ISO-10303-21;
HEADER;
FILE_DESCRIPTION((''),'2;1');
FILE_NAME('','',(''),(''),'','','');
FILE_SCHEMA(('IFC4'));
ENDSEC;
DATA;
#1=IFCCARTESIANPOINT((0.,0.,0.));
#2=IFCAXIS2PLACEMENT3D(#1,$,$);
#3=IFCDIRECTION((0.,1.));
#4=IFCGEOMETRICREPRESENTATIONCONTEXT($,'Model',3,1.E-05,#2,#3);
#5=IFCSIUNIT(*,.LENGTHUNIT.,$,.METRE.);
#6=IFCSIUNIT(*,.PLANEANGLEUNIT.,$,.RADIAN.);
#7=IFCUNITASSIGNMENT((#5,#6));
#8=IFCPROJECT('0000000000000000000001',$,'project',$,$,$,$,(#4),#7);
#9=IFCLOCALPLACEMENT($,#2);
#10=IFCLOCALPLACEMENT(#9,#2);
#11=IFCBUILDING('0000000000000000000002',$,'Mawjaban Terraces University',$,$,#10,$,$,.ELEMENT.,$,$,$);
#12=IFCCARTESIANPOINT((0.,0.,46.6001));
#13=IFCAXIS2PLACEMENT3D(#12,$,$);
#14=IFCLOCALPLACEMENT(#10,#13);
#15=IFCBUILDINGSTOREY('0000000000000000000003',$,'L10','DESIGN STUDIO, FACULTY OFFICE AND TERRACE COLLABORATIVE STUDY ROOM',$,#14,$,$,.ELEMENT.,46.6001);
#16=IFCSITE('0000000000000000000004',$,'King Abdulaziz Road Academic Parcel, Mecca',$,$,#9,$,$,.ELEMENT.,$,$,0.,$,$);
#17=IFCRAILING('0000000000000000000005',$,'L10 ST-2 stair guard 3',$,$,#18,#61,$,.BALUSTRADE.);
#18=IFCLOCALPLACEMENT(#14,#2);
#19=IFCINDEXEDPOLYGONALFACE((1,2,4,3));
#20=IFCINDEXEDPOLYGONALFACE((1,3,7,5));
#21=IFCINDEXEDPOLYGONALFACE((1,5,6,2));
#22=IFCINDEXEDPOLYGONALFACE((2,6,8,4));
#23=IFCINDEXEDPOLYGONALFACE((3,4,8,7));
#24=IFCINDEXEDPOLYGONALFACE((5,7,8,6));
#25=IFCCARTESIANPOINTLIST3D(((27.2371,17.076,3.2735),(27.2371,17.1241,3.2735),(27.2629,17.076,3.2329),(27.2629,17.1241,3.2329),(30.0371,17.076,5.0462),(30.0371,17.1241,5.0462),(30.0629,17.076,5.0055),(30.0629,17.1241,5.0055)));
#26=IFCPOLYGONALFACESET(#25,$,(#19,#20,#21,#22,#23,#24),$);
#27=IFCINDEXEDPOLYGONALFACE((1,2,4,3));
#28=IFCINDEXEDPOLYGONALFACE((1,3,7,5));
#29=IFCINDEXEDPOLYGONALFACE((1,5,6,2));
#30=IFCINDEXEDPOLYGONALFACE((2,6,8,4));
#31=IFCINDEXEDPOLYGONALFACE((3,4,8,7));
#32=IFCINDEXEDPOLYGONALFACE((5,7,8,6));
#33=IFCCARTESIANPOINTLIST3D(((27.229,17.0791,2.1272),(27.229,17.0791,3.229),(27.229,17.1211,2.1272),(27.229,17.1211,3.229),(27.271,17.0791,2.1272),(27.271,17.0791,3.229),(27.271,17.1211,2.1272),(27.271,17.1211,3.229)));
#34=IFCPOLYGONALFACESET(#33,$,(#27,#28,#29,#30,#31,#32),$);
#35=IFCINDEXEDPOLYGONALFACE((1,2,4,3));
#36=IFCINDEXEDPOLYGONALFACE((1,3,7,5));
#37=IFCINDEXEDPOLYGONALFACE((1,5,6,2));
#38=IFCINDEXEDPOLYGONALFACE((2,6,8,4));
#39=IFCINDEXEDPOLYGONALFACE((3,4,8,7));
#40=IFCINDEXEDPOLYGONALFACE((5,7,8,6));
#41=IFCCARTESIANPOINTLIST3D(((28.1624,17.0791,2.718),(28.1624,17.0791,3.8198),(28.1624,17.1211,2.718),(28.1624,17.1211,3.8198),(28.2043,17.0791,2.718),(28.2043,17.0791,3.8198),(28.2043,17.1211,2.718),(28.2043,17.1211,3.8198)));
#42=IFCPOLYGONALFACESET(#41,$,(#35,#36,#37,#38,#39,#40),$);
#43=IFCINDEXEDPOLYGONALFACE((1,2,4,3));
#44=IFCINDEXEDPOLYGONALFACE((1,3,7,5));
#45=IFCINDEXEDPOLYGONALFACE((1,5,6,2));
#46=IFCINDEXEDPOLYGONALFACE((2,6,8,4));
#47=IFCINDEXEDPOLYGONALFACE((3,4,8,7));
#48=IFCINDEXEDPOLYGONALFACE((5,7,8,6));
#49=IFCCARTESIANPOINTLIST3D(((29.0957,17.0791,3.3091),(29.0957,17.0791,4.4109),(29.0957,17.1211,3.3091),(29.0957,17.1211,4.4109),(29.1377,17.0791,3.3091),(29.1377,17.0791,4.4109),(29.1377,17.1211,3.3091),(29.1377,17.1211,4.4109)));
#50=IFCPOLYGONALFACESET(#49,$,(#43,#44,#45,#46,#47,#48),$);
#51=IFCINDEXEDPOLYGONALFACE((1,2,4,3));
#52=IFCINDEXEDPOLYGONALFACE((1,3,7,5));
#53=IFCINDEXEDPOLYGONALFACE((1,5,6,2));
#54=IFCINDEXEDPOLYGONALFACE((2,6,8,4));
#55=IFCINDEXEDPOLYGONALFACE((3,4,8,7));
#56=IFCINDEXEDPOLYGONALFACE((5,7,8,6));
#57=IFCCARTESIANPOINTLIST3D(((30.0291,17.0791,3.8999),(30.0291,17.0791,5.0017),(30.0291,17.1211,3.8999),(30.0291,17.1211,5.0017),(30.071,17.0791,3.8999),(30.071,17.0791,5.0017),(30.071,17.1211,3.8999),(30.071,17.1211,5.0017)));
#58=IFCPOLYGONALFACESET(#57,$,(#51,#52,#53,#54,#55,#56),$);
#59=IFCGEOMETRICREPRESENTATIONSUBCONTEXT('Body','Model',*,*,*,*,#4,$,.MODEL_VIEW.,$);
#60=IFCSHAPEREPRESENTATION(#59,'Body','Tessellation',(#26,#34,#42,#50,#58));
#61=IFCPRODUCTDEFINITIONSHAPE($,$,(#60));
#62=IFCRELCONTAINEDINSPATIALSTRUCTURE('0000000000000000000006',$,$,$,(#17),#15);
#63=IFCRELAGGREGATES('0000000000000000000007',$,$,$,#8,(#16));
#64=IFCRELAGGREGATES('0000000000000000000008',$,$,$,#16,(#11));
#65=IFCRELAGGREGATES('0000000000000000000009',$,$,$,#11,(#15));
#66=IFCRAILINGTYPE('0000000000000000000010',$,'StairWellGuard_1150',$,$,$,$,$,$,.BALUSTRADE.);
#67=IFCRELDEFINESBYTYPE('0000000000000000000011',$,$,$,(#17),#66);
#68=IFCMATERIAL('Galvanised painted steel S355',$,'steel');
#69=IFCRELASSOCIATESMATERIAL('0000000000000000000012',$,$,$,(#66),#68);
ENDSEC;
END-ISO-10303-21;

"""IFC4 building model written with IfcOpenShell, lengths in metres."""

from ifc_helpers import new_model, si_unit, direction, frame, origin, origin_2d, place, context, subcontext, project, spatial, rectangle, extrude, material, type_object, element, save


model = new_model("IFC4")

# Units and contexts
model_context = context("Model", 3, precision=1e-05, world=origin(), true_north=direction((0.0, 1.0)))
body_context = subcontext(model_context, "Body", "Model", "MODEL_VIEW")
ifc_project = project(units=[si_unit("LENGTHUNIT", "METRE"), si_unit("PLANEANGLEUNIT", "RADIAN")], contexts=[model_context])

# Site, building, storey
site_placement = place(None, origin())
site = spatial("IfcSite", under=ifc_project, at=site_placement, Name="King Abdulaziz Road Academic Parcel, Mecca", CompositionType="ELEMENT", RefElevation=0.0)
building_placement = place(site_placement, origin())
building = spatial("IfcBuilding", under=site, at=building_placement, Name="Mawjaban Terraces University", CompositionType="ELEMENT")
storey_placement = place(building_placement, frame((0.0, 0.0, 46.6001)))
storey = spatial("IfcBuildingStorey", under=building, at=storey_placement, Name="L10", Description="DESIGN STUDIO, FACULTY OFFICE AND TERRACE COLLABORATIVE STUDY ROOM", CompositionType="ELEMENT", Elevation=46.6001)

# Railing
ifc_material_1 = material(Name="Galvanised painted steel S355", Category="steel")
railing_type_1 = type_object("IfcRailingType", Name="StairWellGuard_1150", PredefinedType="BALUSTRADE", material=ifc_material_1)
railing_1_placement = place(storey_placement, frame((27.25, 17.1001, 2.1272)))
element("IfcRailing", 1, at=railing_1_placement, inside=storey, type_object=railing_type_1, Name="L10 ST-2 stair guard 3", PredefinedType="BALUSTRADE", context=body_context, shape_type="SweptSolid", body=[
    extrude(rectangle(XDim=0.0481, YDim=0.0481, at=origin_2d()), frame((0.0, 0.0, 1.126), z_axis=(0.844909, 0.0, 0.53491), x_axis=(0.0, 1.0, 0.0)), (0.0, 0.0, 1.0), 3.314),
    extrude(rectangle(XDim=0.042, YDim=0.042, at=origin_2d()), origin(), (0.0, 0.0, 1.0), 1.1018),
    extrude(rectangle(XDim=0.042, YDim=0.042, at=origin_2d()), frame((0.9333, 0.0, 0.5908)), (0.0, 0.0, 1.0), 1.1018),
    extrude(rectangle(XDim=0.042, YDim=0.042, at=origin_2d()), frame((1.8667, 0.0, 1.1819)), (0.0, 0.0, 1.0), 1.1018),
    extrude(rectangle(XDim=0.042, YDim=0.042, at=origin_2d()), frame((2.8, 0.0, 1.7727)), (0.0, 0.0, 1.0), 1.1018),
])

save(model, "model.ifc")
